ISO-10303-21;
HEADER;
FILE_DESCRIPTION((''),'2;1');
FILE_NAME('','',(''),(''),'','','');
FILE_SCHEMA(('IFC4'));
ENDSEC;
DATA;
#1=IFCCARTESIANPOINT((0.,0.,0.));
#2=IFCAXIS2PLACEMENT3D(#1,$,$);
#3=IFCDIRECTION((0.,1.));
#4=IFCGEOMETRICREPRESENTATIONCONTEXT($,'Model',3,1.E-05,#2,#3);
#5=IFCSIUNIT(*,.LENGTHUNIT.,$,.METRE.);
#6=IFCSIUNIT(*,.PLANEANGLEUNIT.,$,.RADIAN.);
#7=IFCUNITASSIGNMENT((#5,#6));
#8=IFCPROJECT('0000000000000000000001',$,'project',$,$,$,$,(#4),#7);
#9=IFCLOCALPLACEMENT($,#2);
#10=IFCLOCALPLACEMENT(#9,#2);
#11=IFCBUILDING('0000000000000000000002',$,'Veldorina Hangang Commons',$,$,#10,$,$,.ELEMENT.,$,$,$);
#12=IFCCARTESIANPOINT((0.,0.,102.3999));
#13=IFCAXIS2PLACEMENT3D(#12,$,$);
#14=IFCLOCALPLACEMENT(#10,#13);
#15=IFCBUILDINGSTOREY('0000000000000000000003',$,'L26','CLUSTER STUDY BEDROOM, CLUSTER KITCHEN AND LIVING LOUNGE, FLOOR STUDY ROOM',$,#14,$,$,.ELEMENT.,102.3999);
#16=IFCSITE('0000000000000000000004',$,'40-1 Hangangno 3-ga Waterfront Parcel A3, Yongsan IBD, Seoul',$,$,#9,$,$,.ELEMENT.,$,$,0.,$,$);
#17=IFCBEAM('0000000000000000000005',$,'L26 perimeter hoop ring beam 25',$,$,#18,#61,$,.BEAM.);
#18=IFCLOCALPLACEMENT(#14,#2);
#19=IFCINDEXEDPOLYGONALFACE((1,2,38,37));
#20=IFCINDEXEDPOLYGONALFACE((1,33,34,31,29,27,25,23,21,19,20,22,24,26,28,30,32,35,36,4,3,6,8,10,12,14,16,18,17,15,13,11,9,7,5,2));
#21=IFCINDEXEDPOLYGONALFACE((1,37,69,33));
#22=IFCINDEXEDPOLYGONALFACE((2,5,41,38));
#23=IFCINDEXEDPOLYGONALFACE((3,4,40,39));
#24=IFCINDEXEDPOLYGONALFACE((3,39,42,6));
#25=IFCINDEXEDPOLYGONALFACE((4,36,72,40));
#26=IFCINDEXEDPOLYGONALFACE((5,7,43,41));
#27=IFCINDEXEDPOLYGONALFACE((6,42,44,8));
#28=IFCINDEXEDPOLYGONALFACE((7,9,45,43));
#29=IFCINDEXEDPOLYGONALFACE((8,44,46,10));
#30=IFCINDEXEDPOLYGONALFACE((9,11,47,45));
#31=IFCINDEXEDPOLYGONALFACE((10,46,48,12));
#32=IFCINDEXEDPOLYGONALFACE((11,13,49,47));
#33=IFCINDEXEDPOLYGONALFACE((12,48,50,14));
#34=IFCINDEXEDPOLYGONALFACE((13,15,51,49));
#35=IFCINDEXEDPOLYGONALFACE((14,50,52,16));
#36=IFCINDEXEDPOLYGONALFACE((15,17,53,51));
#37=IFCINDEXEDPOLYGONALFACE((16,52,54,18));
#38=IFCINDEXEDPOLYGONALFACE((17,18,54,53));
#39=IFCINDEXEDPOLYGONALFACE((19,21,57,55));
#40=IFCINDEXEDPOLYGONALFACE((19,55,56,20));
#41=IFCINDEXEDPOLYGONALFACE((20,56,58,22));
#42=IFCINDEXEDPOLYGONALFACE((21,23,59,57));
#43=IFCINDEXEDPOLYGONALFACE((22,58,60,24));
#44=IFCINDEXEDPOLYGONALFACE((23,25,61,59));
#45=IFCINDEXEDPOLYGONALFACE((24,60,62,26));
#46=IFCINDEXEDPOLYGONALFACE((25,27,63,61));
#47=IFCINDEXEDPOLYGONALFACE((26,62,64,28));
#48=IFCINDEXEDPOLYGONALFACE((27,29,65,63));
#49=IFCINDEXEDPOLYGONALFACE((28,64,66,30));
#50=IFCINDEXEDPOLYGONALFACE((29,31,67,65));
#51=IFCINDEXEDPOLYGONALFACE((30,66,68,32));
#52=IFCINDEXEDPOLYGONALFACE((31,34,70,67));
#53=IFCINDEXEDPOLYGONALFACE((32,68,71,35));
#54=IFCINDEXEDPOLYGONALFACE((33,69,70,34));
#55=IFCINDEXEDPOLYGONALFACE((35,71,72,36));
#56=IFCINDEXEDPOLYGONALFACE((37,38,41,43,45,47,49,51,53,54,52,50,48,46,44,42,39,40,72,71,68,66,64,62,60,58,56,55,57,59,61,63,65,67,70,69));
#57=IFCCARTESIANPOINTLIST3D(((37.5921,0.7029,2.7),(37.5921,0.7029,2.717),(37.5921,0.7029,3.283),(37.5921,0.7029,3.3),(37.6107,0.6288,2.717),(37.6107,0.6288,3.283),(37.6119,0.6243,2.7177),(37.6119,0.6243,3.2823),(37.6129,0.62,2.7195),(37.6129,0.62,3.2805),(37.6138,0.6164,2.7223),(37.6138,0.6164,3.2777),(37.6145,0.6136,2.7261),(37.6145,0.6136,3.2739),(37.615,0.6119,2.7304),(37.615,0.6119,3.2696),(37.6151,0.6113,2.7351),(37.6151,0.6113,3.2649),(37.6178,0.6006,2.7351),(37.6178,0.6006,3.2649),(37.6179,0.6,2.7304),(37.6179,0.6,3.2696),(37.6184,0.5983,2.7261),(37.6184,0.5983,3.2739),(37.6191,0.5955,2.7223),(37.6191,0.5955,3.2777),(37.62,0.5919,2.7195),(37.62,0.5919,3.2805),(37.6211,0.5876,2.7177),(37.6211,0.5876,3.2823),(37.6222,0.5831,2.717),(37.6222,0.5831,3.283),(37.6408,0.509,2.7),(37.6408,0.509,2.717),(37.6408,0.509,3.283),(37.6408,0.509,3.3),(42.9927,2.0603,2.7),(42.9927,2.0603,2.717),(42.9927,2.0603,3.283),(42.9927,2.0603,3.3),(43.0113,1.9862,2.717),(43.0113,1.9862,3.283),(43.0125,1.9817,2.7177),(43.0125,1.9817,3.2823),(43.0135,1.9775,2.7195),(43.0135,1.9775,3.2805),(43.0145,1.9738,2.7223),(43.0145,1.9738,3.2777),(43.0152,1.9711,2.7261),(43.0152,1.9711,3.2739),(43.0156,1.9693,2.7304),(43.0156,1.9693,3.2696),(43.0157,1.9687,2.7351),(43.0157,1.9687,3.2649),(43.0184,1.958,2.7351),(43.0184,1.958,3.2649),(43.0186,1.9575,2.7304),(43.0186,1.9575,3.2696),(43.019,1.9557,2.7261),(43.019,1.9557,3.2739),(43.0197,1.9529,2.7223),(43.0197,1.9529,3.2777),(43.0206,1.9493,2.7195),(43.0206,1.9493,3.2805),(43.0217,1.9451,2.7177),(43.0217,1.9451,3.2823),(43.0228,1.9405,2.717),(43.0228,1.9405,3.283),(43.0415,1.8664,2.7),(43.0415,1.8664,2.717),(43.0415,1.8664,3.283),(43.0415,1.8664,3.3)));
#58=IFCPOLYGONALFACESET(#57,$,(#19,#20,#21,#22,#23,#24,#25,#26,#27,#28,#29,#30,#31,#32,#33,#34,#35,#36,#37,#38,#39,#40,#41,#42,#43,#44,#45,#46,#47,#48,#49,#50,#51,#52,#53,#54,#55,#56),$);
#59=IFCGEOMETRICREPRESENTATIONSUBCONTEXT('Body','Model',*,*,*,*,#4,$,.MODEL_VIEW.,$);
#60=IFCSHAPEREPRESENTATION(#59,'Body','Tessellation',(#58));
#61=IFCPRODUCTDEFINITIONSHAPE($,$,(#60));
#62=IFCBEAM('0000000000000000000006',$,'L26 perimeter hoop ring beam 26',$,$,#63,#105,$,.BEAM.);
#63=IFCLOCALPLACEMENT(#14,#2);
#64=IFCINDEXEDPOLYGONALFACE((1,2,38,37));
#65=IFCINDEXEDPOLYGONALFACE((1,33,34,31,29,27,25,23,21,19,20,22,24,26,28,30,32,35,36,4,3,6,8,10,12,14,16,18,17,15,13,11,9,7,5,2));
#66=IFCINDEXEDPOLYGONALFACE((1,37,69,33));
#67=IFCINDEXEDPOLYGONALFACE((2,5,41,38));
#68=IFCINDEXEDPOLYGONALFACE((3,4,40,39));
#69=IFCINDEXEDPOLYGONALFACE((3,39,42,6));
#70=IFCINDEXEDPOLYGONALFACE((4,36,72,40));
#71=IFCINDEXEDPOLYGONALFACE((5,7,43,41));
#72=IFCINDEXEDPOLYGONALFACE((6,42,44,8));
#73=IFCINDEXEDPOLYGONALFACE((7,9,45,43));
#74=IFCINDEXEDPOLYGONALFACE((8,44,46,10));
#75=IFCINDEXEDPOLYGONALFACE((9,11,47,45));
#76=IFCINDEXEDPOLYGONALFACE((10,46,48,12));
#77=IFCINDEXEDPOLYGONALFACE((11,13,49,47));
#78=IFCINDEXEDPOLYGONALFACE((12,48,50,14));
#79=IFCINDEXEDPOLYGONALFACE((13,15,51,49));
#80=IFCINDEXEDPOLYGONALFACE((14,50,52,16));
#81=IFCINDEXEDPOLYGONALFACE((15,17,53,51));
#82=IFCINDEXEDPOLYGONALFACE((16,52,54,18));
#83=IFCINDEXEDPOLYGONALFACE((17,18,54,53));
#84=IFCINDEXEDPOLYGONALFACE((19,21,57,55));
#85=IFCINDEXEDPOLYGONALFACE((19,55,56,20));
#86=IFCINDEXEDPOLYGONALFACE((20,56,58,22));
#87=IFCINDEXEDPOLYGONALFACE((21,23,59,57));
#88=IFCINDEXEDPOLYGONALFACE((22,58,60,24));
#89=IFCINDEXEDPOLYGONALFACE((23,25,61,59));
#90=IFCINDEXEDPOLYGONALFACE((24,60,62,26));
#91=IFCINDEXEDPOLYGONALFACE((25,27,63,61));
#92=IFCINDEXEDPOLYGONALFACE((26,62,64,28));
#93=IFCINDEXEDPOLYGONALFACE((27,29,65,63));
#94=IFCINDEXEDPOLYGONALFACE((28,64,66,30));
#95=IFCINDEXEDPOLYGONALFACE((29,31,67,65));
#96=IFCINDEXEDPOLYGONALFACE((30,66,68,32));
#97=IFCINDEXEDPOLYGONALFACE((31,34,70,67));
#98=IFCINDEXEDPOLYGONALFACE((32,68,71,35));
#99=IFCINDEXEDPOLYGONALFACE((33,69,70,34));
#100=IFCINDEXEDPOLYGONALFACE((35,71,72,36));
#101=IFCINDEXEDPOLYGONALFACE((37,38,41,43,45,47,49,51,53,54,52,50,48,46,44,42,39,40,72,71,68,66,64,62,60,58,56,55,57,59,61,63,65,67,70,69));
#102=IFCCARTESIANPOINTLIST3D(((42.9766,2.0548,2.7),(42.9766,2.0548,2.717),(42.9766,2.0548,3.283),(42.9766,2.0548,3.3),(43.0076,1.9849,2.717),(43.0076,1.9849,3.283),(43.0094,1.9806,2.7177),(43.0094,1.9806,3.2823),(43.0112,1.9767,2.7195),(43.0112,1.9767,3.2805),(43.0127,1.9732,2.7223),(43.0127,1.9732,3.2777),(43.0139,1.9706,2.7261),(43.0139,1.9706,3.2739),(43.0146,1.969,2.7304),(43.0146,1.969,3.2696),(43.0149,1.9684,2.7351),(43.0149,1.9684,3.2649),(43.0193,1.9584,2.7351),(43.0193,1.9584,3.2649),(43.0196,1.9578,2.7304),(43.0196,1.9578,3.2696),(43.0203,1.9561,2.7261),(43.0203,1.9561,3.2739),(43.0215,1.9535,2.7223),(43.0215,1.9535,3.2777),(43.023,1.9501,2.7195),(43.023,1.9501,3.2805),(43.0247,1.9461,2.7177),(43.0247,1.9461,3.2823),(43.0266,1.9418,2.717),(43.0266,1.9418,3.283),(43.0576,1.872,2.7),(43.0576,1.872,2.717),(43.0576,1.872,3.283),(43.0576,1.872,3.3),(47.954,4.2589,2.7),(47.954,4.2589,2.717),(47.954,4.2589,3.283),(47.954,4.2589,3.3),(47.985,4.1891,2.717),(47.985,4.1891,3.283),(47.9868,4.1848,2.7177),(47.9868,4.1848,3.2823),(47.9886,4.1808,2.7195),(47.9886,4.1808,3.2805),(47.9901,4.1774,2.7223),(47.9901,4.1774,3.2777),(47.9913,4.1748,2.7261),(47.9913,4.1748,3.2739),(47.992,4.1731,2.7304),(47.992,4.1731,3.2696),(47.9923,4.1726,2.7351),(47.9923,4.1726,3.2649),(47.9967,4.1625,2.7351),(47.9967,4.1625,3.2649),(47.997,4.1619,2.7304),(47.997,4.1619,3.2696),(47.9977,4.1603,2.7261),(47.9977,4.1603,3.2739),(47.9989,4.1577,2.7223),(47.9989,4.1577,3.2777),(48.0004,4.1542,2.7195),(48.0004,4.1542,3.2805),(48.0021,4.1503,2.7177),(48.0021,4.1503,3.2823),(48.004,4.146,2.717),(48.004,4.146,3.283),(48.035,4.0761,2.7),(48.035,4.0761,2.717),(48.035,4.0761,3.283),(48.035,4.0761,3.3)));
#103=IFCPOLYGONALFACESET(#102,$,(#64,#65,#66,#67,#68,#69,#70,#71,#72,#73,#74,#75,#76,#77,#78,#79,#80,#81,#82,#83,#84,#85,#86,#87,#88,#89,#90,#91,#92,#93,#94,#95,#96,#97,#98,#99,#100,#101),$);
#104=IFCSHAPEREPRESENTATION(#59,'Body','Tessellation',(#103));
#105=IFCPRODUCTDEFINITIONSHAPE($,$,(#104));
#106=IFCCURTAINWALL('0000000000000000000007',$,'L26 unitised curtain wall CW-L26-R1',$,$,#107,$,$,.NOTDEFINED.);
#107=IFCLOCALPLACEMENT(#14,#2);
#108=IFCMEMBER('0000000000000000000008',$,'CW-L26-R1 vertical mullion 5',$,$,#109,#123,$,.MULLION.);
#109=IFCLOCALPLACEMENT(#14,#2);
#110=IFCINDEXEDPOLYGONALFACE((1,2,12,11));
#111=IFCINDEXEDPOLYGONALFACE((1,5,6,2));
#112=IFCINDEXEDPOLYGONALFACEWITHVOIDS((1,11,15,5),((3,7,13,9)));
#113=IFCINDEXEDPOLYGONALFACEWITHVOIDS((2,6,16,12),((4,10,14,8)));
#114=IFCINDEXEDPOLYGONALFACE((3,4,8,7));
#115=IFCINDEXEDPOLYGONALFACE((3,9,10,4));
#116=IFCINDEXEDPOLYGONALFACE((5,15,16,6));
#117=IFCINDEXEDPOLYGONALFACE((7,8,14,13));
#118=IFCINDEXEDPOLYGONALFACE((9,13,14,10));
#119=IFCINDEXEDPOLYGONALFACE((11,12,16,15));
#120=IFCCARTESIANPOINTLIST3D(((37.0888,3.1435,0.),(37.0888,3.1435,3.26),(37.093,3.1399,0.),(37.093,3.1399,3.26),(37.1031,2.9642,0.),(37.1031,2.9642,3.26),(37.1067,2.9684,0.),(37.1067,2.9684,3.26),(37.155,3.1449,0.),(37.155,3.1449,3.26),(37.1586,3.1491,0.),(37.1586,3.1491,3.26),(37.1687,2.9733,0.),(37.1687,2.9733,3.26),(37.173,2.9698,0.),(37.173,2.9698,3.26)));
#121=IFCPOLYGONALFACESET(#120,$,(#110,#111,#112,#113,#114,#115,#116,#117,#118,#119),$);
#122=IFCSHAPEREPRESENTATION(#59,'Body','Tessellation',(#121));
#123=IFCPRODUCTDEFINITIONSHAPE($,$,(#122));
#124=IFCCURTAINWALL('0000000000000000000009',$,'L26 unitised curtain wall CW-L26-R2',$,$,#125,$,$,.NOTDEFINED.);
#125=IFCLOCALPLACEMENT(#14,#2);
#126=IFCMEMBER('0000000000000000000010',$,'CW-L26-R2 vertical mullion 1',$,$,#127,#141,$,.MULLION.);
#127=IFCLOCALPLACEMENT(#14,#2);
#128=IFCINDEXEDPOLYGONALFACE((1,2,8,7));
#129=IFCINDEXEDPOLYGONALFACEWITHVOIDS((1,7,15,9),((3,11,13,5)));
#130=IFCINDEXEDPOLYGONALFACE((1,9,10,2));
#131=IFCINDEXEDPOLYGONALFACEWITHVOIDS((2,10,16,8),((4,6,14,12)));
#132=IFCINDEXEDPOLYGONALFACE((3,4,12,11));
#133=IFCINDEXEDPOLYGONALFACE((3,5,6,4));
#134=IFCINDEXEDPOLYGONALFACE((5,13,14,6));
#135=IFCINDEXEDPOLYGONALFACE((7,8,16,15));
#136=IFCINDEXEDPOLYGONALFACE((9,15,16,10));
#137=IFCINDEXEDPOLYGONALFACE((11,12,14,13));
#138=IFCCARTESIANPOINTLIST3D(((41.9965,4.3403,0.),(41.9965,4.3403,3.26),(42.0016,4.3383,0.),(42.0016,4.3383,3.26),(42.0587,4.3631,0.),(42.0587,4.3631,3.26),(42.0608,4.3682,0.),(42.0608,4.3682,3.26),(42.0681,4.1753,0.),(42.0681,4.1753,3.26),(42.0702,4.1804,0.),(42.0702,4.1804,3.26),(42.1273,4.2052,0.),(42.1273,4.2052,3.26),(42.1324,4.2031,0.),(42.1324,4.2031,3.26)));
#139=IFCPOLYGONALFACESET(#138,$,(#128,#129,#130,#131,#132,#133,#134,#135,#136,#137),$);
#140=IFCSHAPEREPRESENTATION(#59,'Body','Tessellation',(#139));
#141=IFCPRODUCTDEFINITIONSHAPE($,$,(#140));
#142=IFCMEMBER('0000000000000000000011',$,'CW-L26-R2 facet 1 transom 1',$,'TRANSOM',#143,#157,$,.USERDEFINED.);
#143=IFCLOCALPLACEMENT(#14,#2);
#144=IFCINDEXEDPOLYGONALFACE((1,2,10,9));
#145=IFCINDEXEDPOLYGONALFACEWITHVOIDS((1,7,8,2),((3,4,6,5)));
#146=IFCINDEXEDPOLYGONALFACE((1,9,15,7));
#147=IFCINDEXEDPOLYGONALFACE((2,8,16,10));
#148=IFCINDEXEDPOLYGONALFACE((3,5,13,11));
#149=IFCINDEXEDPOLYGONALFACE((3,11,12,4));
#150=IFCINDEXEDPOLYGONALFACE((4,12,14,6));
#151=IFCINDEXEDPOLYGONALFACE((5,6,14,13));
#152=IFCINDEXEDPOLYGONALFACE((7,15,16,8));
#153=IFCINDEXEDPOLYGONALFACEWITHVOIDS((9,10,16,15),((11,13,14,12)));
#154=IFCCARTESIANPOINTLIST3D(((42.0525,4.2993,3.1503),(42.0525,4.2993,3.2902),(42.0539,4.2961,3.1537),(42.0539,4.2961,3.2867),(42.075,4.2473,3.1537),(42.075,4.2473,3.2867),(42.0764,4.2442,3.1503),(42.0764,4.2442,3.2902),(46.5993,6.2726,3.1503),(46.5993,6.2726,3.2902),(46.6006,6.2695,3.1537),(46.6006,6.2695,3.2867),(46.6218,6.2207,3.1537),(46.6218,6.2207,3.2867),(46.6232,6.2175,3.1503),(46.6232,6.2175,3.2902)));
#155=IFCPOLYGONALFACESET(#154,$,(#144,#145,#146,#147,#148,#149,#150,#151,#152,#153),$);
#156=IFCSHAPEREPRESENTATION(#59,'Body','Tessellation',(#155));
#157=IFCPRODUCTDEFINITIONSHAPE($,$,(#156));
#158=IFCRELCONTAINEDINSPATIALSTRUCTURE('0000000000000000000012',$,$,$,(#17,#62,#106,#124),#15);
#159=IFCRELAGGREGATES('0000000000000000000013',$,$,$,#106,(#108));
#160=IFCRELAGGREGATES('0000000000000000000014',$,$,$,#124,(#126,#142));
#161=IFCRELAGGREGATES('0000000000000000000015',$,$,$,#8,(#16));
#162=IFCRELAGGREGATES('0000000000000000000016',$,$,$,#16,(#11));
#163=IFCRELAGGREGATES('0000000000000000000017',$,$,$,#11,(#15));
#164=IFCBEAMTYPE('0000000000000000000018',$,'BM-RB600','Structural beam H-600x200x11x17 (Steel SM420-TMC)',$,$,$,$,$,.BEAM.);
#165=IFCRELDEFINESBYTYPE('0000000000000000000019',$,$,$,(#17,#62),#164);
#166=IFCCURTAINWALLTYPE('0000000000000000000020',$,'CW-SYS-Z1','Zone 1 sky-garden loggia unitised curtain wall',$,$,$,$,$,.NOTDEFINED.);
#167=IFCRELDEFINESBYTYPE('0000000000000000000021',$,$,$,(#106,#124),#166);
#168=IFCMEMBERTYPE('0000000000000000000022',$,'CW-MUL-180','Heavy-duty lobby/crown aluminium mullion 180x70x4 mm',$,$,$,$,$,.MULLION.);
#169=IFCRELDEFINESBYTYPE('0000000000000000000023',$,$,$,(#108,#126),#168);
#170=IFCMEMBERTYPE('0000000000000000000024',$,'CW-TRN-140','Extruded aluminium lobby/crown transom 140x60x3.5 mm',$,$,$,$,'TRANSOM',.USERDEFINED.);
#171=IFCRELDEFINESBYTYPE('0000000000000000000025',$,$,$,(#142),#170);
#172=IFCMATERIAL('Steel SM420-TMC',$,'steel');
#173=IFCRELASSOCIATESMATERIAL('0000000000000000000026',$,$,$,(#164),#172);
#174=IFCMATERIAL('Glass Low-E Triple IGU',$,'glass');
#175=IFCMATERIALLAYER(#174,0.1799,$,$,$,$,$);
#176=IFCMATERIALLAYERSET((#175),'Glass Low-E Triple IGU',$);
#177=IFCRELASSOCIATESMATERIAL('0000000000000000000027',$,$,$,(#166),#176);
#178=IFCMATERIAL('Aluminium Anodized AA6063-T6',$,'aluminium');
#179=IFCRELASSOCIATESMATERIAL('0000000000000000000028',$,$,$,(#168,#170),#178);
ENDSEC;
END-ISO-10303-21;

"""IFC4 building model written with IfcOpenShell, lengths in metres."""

from ifc_helpers import new_model, si_unit, direction, frame, origin, origin_2d, place, context, subcontext, project, spatial, hollow_rectangle, i_section, extrude, material, layer, layer_set, material_profile, profile_set, type_object, element, aggregate, save


model = new_model("IFC4")

# Units and contexts
model_context = context("Model", 3, precision=1e-05, world=origin(), true_north=direction((0.0, 1.0)))
body_context = subcontext(model_context, "Body", "Model", "MODEL_VIEW")
ifc_project = project(units=[si_unit("LENGTHUNIT", "METRE"), si_unit("PLANEANGLEUNIT", "RADIAN")], contexts=[model_context])

# Site, building, storey
site_placement = place(None, origin())
site = spatial("IfcSite", under=ifc_project, at=site_placement, Name="40-1 Hangangno 3-ga Waterfront Parcel A3, Yongsan IBD, Seoul", CompositionType="ELEMENT", RefElevation=0.0)
building_placement = place(site_placement, origin())
building = spatial("IfcBuilding", under=site, at=building_placement, Name="Veldorina Hangang Commons", CompositionType="ELEMENT")
storey_placement = place(building_placement, frame((0.0, 0.0, 102.3999)))
storey = spatial("IfcBuildingStorey", under=building, at=storey_placement, Name="L26", Description="CLUSTER STUDY BEDROOM, CLUSTER KITCHEN AND LIVING LOUNGE, FLOOR STUDY ROOM", CompositionType="ELEMENT", Elevation=102.3999)

# Beams
ifc_material_1 = material(Name="Steel SM420-TMC", Category="steel")
ifc_material_profile_1 = material_profile(ifc_material_1, i_section(OverallWidth=0.2, OverallDepth=0.6001, WebThickness=0.011, FlangeThickness=0.0171, FilletRadius=0.0181, at=origin_2d()), Name="H-600x200x11x17")
ifc_profile_set_1 = profile_set([ifc_material_profile_1], Name="Steel SM420-TMC")
beam_type = type_object("IfcBeamType", Name="BM-RB600", Description="Structural beam H-600x200x11x17 (Steel SM420-TMC)", PredefinedType="BEAM", material=ifc_profile_set_1)
beam_1_placement = place(storey_placement, frame((37.6165, 0.606, 3.0), z_axis=(0.969835, 0.243763, 0.0), x_axis=(-0.243763, 0.969835, 0.0)))
element("IfcBeam", 1, at=beam_1_placement, inside=storey, type_object=beam_type, Name="L26 perimeter hoop ring beam 25", PredefinedType="BEAM", context=body_context, shape_type="SweptSolid", body=[
    extrude(i_section(OverallWidth=0.2, OverallDepth=0.6001, WebThickness=0.011, FlangeThickness=0.0171, FilletRadius=0.0181, at=origin_2d()), origin(), (0.0, 0.0, 1.0), 5.5686),
])
beam_2_placement = place(storey_placement, frame((43.0171, 1.9634, 3.0), z_axis=(0.914358, 0.404906, 0.0), x_axis=(-0.404906, 0.914358, 0.0)))
element("IfcBeam", 2, at=beam_2_placement, inside=storey, type_object=beam_type, Name="L26 perimeter hoop ring beam 26", PredefinedType="BEAM", context=body_context, shape_type="SweptSolid", body=[
    extrude(i_section(OverallWidth=0.2, OverallDepth=0.6001, WebThickness=0.011, FlangeThickness=0.0171, FilletRadius=0.0181, at=origin_2d()), origin(), (0.0, 0.0, 1.0), 5.4436),
])

# Curtain wall, member
ifc_material_2 = material(Name="Glass Low-E Triple IGU", Category="glass")
ifc_layer_1 = layer(ifc_material_2, 0.1799)
ifc_layer_set_1 = layer_set([ifc_layer_1], Name="Glass Low-E Triple IGU")
curtain_wall_type = type_object("IfcCurtainWallType", Name="CW-SYS-Z1", Description="Zone 1 sky-garden loggia unitised curtain wall", PredefinedType="NOTDEFINED", material=ifc_layer_set_1)
curtain_wall_1_placement = place(storey_placement, origin())
curtain_wall_1 = element("IfcCurtainWall", 3, at=curtain_wall_1_placement, inside=storey, type_object=curtain_wall_type, Name="L26 unitised curtain wall CW-L26-R1", PredefinedType="NOTDEFINED")
ifc_material_3 = material(Name="Aluminium Anodized AA6063-T6", Category="aluminium")
ifc_material_profile_2 = material_profile(ifc_material_3, hollow_rectangle(XDim=0.0701, YDim=0.1799, WallThickness=0.0039, at=origin_2d()), Name="ALU-RHS-180x70x4")
ifc_profile_set_2 = profile_set([ifc_material_profile_2], Name="Aluminium Anodized AA6063-T6")
member_type_1 = type_object("IfcMemberType", Name="CW-MUL-180", Description="Heavy-duty lobby/crown aluminium mullion 180x70x4 mm", PredefinedType="MULLION", material=ifc_profile_set_2)
member_1_placement = place(storey_placement, frame((37.1309, 3.0566, 0.0), z_axis=(0.0, 0.0, 1.0), x_axis=(-0.996818, -0.079712, 0.0)))
member_1 = element("IfcMember", 4, at=member_1_placement, type_object=member_type_1, Name="CW-L26-R1 vertical mullion 5", PredefinedType="MULLION", context=body_context, shape_type="SweptSolid", body=[
    extrude(hollow_rectangle(XDim=0.0701, YDim=0.1799, WallThickness=0.0039, at=origin_2d()), origin(), (0.0, 0.0, 1.0), 3.26),
])

# Curtain wall, members
curtain_wall_2_placement = place(storey_placement, origin())
curtain_wall_2 = element("IfcCurtainWall", 5, at=curtain_wall_2_placement, inside=storey, type_object=curtain_wall_type, Name="L26 unitised curtain wall CW-L26-R2", PredefinedType="NOTDEFINED")
member_2_placement = place(storey_placement, frame((42.0645, 4.2717, 0.0), z_axis=(0.0, 0.0, 1.0), x_axis=(0.917345, 0.398093, 0.0)))
member_2 = element("IfcMember", 6, at=member_2_placement, type_object=member_type_1, Name="CW-L26-R2 vertical mullion 1", PredefinedType="MULLION", context=body_context, shape_type="SweptSolid", body=[
    extrude(hollow_rectangle(XDim=0.0701, YDim=0.1799, WallThickness=0.0039, at=origin_2d()), origin(), (0.0, 0.0, 1.0), 3.26),
])
ifc_material_profile_3 = material_profile(ifc_material_3, hollow_rectangle(XDim=0.0601, YDim=0.1399, WallThickness=0.0034, at=origin_2d()), Name="ALU-RHS-140x60x3.5")
ifc_profile_set_3 = profile_set([ifc_material_profile_3], Name="Aluminium Anodized AA6063-T6")
member_type_2 = type_object("IfcMemberType", Name="CW-TRN-140", Description="Extruded aluminium lobby/crown transom 140x60x3.5 mm", ElementType="TRANSOM", PredefinedType="USERDEFINED", material=ifc_profile_set_3)
member_3_placement = place(storey_placement, frame((42.0645, 4.2717, 3.2202), z_axis=(0.917329, 0.39813, 0.0), x_axis=(-0.39813, 0.917329, 0.0)))
member_3 = element("IfcMember", 7, at=member_3_placement, type_object=member_type_2, Name="CW-L26-R2 facet 1 transom 1", ObjectType="TRANSOM", PredefinedType="USERDEFINED", context=body_context, shape_type="SweptSolid", body=[
    extrude(hollow_rectangle(XDim=0.0601, YDim=0.1399, WallThickness=0.0034, at=origin_2d()), origin(), (0.0, 0.0, 1.0), 4.9565),
])

aggregate(curtain_wall_1, [member_1])
aggregate(curtain_wall_2, [member_2, member_3])

save(model, "model.ifc")
